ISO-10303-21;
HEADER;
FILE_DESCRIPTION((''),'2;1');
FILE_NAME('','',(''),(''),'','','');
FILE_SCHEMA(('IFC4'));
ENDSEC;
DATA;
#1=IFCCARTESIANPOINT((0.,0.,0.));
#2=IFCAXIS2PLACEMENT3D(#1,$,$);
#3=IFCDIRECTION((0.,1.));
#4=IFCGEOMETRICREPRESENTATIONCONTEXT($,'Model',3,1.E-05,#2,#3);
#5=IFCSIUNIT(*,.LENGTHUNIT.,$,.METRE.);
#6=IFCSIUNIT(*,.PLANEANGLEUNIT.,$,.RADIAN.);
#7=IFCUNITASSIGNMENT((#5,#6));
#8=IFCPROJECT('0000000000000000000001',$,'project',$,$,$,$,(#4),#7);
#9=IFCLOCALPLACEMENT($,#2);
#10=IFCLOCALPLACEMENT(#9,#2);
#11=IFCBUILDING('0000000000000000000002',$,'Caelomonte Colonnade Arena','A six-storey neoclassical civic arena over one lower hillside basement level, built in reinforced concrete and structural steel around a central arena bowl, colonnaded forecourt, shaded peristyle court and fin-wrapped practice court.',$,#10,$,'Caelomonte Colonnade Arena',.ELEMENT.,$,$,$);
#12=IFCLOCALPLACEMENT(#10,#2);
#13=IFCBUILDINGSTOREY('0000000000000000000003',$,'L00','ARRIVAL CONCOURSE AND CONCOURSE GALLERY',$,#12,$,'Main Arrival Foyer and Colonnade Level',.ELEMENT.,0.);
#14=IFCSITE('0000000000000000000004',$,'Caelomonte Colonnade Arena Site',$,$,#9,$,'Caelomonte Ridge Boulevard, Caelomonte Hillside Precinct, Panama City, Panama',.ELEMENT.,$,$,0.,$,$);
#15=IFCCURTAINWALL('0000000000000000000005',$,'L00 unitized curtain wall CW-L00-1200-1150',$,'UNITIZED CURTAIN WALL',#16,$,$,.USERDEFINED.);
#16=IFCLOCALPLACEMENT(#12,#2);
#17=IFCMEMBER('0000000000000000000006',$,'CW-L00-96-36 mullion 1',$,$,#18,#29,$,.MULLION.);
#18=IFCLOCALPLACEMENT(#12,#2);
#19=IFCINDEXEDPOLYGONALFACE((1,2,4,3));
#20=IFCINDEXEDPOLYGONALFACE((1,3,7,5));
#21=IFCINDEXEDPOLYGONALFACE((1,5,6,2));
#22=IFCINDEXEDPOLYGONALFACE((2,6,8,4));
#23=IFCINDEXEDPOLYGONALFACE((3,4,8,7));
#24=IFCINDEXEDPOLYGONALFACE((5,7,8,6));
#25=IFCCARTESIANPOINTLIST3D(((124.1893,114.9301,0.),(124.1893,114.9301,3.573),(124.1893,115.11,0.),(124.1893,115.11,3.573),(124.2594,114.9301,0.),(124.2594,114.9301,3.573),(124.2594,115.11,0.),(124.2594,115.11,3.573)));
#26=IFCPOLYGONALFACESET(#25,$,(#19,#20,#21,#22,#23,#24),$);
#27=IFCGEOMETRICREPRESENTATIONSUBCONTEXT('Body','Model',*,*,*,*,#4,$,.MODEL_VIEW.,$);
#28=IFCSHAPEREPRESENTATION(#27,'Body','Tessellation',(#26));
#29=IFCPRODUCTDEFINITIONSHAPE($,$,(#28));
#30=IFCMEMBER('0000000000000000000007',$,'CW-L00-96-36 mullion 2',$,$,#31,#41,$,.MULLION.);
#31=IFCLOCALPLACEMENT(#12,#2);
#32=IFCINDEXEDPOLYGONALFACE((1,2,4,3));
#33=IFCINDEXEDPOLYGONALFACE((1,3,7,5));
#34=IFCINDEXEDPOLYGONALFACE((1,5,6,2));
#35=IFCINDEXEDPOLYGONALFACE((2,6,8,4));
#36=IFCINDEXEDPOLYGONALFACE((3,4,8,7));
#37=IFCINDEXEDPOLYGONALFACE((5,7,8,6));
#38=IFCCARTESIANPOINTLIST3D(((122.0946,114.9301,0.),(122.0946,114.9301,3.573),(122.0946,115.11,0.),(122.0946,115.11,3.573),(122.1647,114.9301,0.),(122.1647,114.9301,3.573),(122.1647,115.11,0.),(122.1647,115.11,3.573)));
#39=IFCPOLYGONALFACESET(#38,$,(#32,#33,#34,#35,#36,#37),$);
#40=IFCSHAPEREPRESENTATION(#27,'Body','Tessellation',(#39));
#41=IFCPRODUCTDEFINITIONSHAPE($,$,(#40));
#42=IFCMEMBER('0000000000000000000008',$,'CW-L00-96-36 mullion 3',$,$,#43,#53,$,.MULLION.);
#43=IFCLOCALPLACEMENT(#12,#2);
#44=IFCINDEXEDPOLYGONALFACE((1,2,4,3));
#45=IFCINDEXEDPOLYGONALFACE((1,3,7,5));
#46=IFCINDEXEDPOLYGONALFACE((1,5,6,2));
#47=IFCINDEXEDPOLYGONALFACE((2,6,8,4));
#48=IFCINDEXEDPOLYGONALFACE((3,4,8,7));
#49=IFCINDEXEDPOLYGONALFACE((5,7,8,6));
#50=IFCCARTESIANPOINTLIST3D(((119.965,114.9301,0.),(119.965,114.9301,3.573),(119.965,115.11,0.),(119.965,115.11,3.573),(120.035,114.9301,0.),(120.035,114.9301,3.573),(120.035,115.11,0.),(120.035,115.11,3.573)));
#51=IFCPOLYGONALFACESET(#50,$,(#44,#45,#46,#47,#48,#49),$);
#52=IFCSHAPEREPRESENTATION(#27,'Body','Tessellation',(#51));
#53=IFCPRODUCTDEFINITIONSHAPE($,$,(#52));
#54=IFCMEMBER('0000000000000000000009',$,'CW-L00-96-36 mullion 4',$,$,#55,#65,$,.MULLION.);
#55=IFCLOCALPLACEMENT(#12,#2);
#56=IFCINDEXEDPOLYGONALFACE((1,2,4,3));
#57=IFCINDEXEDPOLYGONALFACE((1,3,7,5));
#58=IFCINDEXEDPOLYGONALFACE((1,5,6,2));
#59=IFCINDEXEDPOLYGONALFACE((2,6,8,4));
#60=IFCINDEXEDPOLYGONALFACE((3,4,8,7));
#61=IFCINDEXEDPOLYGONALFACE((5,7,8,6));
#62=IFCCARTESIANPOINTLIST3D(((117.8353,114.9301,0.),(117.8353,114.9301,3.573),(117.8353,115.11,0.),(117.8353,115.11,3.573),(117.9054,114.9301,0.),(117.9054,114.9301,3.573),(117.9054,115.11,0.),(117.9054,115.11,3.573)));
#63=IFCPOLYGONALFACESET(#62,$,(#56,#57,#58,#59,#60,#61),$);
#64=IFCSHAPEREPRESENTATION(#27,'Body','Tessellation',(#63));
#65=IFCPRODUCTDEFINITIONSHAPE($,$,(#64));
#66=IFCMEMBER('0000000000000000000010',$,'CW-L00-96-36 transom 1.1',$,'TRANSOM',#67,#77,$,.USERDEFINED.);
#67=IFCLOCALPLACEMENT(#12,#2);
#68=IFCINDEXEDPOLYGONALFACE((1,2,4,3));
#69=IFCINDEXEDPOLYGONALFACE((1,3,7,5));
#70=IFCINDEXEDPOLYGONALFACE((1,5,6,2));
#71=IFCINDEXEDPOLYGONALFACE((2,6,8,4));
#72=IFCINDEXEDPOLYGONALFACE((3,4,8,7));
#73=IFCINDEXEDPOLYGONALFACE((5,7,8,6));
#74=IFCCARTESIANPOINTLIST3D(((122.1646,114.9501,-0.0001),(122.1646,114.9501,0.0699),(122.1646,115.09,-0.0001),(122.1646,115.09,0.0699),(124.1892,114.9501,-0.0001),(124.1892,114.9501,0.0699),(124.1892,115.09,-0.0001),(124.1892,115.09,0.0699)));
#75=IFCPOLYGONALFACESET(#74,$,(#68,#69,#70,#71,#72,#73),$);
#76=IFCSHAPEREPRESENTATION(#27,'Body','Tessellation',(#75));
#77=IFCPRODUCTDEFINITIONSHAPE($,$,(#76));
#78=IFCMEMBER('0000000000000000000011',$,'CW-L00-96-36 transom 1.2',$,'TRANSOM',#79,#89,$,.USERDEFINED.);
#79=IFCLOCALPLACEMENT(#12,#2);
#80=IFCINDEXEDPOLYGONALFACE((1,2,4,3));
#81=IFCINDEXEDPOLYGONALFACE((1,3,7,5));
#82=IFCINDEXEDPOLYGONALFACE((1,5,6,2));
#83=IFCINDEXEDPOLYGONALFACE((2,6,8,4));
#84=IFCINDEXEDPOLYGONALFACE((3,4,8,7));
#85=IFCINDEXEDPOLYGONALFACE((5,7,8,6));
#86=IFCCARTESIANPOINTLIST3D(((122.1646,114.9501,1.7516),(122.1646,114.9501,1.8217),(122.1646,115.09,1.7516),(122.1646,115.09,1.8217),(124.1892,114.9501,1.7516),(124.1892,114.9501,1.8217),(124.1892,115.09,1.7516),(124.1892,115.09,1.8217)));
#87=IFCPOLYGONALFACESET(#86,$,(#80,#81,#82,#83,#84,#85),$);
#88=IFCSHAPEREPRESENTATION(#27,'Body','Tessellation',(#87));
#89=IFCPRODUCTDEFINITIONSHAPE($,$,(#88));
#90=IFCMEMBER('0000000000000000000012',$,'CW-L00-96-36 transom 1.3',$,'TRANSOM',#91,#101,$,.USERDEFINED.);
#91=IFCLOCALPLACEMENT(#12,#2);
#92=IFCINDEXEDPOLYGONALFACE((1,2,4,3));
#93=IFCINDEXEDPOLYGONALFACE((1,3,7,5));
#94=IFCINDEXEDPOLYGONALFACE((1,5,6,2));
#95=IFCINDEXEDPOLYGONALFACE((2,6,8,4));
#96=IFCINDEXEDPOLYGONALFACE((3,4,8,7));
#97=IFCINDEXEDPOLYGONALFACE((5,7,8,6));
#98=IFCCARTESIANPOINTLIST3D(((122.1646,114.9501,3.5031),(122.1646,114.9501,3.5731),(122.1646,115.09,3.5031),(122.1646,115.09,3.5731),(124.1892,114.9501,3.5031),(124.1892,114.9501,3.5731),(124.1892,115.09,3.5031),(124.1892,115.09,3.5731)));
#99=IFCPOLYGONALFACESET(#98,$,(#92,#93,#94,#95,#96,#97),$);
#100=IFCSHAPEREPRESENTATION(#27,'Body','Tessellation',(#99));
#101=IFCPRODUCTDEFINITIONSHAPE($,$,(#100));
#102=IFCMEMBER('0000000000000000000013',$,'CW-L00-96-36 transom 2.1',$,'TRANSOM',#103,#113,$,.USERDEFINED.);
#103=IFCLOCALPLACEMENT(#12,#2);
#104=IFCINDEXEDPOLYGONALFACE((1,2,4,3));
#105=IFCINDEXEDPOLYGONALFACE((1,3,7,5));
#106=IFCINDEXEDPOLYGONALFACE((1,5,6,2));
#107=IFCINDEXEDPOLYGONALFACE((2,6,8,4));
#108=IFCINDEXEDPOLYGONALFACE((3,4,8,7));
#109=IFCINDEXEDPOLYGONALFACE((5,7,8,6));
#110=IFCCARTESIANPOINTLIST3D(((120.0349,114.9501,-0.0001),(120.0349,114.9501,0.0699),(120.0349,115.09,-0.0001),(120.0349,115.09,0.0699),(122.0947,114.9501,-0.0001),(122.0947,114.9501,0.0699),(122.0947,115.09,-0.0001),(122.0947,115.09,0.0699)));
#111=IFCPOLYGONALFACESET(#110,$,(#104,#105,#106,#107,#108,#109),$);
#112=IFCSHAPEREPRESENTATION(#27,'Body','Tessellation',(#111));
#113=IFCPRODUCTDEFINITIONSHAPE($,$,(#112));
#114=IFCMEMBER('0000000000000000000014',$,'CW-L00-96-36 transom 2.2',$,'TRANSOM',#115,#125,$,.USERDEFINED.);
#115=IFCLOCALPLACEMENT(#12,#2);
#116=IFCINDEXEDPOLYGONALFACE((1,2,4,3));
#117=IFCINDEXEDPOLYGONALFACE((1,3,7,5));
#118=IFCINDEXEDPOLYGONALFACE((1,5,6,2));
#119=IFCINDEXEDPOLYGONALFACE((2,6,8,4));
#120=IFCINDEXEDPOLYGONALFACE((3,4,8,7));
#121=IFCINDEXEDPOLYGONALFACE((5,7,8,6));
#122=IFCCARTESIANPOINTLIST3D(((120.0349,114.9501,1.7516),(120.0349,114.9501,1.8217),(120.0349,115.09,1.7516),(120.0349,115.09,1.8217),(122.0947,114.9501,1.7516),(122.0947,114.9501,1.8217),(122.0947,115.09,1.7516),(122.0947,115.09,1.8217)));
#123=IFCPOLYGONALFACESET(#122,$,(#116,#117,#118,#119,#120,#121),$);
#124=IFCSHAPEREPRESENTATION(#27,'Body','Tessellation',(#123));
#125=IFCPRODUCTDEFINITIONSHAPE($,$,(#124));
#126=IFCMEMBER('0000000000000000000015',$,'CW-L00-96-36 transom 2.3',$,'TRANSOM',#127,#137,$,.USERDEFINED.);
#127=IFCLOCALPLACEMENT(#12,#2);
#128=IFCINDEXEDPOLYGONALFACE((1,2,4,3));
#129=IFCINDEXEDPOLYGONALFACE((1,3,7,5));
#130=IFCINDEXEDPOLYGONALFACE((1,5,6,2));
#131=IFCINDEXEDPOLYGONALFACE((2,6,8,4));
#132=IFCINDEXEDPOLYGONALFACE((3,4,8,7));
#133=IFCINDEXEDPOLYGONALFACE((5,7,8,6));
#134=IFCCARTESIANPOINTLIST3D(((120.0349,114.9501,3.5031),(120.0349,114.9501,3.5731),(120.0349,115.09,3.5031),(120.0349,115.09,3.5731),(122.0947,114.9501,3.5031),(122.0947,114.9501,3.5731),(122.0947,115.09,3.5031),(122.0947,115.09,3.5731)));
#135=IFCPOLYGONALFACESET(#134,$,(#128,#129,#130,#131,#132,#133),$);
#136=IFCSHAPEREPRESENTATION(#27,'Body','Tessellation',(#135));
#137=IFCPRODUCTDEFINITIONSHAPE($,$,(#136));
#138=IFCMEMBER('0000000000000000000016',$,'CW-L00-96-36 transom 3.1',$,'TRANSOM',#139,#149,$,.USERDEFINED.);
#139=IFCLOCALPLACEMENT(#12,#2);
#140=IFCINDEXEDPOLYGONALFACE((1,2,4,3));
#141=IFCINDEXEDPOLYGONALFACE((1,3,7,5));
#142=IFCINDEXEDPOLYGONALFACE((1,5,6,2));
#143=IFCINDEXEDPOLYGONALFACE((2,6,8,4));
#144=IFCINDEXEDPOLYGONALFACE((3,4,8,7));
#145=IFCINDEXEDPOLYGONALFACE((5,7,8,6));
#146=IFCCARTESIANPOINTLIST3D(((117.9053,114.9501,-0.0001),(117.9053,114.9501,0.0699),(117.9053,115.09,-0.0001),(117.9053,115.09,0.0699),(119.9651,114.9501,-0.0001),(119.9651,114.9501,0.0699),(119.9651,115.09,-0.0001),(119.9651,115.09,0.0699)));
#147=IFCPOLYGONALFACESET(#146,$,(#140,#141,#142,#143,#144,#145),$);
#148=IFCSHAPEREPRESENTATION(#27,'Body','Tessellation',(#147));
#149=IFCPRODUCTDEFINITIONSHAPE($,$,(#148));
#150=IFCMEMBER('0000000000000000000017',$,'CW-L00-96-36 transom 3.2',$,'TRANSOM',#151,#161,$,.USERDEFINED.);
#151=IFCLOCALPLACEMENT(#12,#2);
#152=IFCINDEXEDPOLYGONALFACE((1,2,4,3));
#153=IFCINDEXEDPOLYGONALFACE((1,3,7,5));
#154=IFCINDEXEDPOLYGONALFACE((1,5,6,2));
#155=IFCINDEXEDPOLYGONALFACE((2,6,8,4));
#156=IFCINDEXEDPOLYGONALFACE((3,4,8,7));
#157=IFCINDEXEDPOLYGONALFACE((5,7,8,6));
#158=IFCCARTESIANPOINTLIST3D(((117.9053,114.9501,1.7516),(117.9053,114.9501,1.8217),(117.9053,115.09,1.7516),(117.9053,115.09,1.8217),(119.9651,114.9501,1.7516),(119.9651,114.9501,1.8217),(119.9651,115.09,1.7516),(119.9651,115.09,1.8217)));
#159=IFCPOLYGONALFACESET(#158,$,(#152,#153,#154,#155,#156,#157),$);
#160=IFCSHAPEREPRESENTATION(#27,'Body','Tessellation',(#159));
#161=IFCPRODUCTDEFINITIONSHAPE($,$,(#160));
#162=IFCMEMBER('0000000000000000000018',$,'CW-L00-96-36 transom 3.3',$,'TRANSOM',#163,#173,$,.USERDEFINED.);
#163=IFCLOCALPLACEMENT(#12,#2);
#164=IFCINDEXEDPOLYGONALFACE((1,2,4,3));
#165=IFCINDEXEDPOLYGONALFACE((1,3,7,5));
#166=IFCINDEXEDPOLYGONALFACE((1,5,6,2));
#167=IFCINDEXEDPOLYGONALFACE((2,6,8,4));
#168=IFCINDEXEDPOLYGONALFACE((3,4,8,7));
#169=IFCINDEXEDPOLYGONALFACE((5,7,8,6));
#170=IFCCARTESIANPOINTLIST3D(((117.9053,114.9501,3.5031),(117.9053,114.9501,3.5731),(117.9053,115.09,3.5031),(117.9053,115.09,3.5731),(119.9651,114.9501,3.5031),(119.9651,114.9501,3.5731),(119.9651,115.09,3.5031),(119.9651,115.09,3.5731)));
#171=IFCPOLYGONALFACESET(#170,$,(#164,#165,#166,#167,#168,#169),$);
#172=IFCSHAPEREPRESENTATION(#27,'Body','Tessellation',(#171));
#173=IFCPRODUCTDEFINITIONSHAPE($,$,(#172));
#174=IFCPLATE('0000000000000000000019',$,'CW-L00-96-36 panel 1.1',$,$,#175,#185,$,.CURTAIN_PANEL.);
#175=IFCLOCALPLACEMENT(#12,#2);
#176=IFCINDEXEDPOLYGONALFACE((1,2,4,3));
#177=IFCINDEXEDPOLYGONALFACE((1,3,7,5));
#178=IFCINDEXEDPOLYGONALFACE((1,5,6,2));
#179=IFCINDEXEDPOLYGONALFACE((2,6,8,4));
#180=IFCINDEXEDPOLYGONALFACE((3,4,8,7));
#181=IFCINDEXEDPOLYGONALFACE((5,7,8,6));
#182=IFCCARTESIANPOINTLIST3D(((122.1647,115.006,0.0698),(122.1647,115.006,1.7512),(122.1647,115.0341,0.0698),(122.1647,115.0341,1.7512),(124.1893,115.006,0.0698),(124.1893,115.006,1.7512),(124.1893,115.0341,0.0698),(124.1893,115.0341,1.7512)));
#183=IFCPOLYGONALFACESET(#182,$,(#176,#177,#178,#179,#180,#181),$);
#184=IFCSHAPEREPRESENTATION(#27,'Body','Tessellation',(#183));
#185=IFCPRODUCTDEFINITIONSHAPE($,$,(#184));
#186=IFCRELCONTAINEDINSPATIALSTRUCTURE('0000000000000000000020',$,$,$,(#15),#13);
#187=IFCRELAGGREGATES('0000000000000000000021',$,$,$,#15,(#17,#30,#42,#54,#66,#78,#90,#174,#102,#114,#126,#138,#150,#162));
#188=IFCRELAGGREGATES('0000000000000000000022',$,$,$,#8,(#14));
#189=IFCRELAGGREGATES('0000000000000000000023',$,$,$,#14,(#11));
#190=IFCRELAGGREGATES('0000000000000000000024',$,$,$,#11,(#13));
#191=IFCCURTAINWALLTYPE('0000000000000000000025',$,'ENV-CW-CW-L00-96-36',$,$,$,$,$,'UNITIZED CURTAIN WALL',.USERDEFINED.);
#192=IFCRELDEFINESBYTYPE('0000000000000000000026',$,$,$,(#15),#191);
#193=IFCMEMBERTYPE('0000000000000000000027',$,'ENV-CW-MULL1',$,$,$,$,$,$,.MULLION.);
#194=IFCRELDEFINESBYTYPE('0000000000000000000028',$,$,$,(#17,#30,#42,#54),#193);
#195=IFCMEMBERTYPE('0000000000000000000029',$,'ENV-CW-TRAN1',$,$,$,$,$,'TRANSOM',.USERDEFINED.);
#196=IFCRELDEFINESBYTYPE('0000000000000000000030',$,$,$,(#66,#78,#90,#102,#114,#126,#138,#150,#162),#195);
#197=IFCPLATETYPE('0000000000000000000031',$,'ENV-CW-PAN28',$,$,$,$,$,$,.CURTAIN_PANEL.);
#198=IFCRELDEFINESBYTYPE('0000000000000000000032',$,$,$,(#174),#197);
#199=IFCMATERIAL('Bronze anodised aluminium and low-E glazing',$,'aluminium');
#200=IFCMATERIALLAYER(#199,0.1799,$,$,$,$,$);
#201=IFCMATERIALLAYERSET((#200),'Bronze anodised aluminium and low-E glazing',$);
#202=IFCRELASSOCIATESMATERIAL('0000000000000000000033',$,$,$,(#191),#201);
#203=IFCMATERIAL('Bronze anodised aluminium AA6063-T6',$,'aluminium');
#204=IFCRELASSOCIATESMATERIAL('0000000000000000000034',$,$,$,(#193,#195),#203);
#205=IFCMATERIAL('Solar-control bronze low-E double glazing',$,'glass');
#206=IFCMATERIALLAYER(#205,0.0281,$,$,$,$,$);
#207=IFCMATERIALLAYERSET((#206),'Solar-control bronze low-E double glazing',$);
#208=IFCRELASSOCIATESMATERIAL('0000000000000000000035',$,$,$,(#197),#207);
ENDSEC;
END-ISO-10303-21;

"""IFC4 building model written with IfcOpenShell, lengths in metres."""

from ifc_helpers import new_model, si_unit, direction, frame, origin, origin_2d, place, context, subcontext, project, spatial, rectangle, extrude, material, layer, layer_set, material_profile, profile_set, type_object, element, aggregate, save


model = new_model("IFC4")

# Units and contexts
model_context = context("Model", 3, precision=1e-05, world=origin(), true_north=direction((0.0, 1.0)))
body_context = subcontext(model_context, "Body", "Model", "MODEL_VIEW")
ifc_project = project(units=[si_unit("LENGTHUNIT", "METRE"), si_unit("PLANEANGLEUNIT", "RADIAN")], contexts=[model_context])

# Site, building, storey
site_placement = place(None, origin())
site = spatial("IfcSite", under=ifc_project, at=site_placement, Name="Caelomonte Colonnade Arena Site", LongName="Caelomonte Ridge Boulevard, Caelomonte Hillside Precinct, Panama City, Panama", CompositionType="ELEMENT", RefElevation=0.0)
building_placement = place(site_placement, origin())
building = spatial("IfcBuilding", under=site, at=building_placement, Name="Caelomonte Colonnade Arena", Description="A six-storey neoclassical civic arena over one lower hillside basement level, built in reinforced concrete and structural steel around a central arena bowl, colonnaded forecourt, shaded peristyle court and fin-wrapped practice court.", LongName="Caelomonte Colonnade Arena", CompositionType="ELEMENT")
storey_placement = place(building_placement, origin())
storey = spatial("IfcBuildingStorey", under=building, at=storey_placement, Name="L00", Description="ARRIVAL CONCOURSE AND CONCOURSE GALLERY", LongName="Main Arrival Foyer and Colonnade Level", CompositionType="ELEMENT", Elevation=0.0)

# Curtain wall, members, plate
ifc_material_1 = material(Name="Bronze anodised aluminium and low-E glazing", Category="aluminium")
ifc_layer_1 = layer(ifc_material_1, 0.1799)
ifc_layer_set_1 = layer_set([ifc_layer_1], Name="Bronze anodised aluminium and low-E glazing")
curtain_wall_type = type_object("IfcCurtainWallType", Name="ENV-CW-CW-L00-96-36", ElementType="UNITIZED CURTAIN WALL", PredefinedType="USERDEFINED", material=ifc_layer_set_1)
curtain_wall_placement = place(storey_placement, origin())
curtain_wall = element("IfcCurtainWall", 1, at=curtain_wall_placement, inside=storey, type_object=curtain_wall_type, Name="L00 unitized curtain wall CW-L00-1200-1150", ObjectType="UNITIZED CURTAIN WALL", PredefinedType="USERDEFINED")
ifc_material_2 = material(Name="Bronze anodised aluminium AA6063-T6", Category="aluminium")
ifc_material_profile_1 = material_profile(ifc_material_2, rectangle(XDim=0.0701, YDim=0.1799, at=origin_2d()), Name="CWM-70X180")
ifc_profile_set_1 = profile_set([ifc_material_profile_1], Name="Bronze anodised aluminium AA6063-T6")
member_type_1 = type_object("IfcMemberType", Name="ENV-CW-MULL1", PredefinedType="MULLION", material=ifc_profile_set_1)
member_1_placement = place(storey_placement, frame((124.2244, 115.02, 0.0), z_axis=(0.0, 0.0, 1.0), x_axis=(-1.0, 0.0, 0.0)))
member_1 = element("IfcMember", 2, at=member_1_placement, type_object=member_type_1, Name="CW-L00-96-36 mullion 1", PredefinedType="MULLION", context=body_context, shape_type="SweptSolid", body=[
    extrude(rectangle(XDim=0.0701, YDim=0.1799, at=origin_2d()), origin(), (0.0, 0.0, 1.0), 3.573),
])
member_2_placement = place(storey_placement, frame((122.1296, 115.02, 0.0), z_axis=(0.0, 0.0, 1.0), x_axis=(-1.0, 0.0, 0.0)))
member_2 = element("IfcMember", 3, at=member_2_placement, type_object=member_type_1, Name="CW-L00-96-36 mullion 2", PredefinedType="MULLION", context=body_context, shape_type="SweptSolid", body=[
    extrude(rectangle(XDim=0.0701, YDim=0.1799, at=origin_2d()), origin(), (0.0, 0.0, 1.0), 3.573),
])
member_3_placement = place(storey_placement, frame((120.0, 115.02, 0.0), z_axis=(0.0, 0.0, 1.0), x_axis=(-1.0, 0.0, 0.0)))
member_3 = element("IfcMember", 4, at=member_3_placement, type_object=member_type_1, Name="CW-L00-96-36 mullion 3", PredefinedType="MULLION", context=body_context, shape_type="SweptSolid", body=[
    extrude(rectangle(XDim=0.0701, YDim=0.1799, at=origin_2d()), origin(), (0.0, 0.0, 1.0), 3.573),
])
member_4_placement = place(storey_placement, frame((117.8704, 115.02, 0.0), z_axis=(0.0, 0.0, 1.0), x_axis=(-1.0, 0.0, 0.0)))
member_4 = element("IfcMember", 5, at=member_4_placement, type_object=member_type_1, Name="CW-L00-96-36 mullion 4", PredefinedType="MULLION", context=body_context, shape_type="SweptSolid", body=[
    extrude(rectangle(XDim=0.0701, YDim=0.1799, at=origin_2d()), origin(), (0.0, 0.0, 1.0), 3.573),
])
ifc_material_profile_2 = material_profile(ifc_material_2, rectangle(XDim=0.0701, YDim=0.1399, at=origin_2d()), Name="CWT-70X140")
ifc_profile_set_2 = profile_set([ifc_material_profile_2], Name="Bronze anodised aluminium AA6063-T6")
member_type_2 = type_object("IfcMemberType", Name="ENV-CW-TRAN1", ElementType="TRANSOM", PredefinedType="USERDEFINED", material=ifc_profile_set_2)
member_5_placement = place(storey_placement, frame((124.1892, 115.02, 0.0349), z_axis=(-1.0, 0.0, 0.0), x_axis=(0.0, 0.0, 1.0)))
member_5 = element("IfcMember", 6, at=member_5_placement, type_object=member_type_2, Name="CW-L00-96-36 transom 1.1", ObjectType="TRANSOM", PredefinedType="USERDEFINED", context=body_context, shape_type="SweptSolid", body=[
    extrude(rectangle(XDim=0.0701, YDim=0.1399, at=origin_2d()), origin(), (0.0, 0.0, 1.0), 2.0247),
])
member_6_placement = place(storey_placement, frame((124.1892, 115.02, 1.7866), z_axis=(-1.0, 0.0, 0.0), x_axis=(0.0, 0.0, 1.0)))
member_6 = element("IfcMember", 7, at=member_6_placement, type_object=member_type_2, Name="CW-L00-96-36 transom 1.2", ObjectType="TRANSOM", PredefinedType="USERDEFINED", context=body_context, shape_type="SweptSolid", body=[
    extrude(rectangle(XDim=0.0701, YDim=0.1399, at=origin_2d()), origin(), (0.0, 0.0, 1.0), 2.0247),
])
member_7_placement = place(storey_placement, frame((124.1892, 115.02, 3.5381), z_axis=(-1.0, 0.0, 0.0), x_axis=(0.0, 0.0, 1.0)))
member_7 = element("IfcMember", 8, at=member_7_placement, type_object=member_type_2, Name="CW-L00-96-36 transom 1.3", ObjectType="TRANSOM", PredefinedType="USERDEFINED", context=body_context, shape_type="SweptSolid", body=[
    extrude(rectangle(XDim=0.0701, YDim=0.1399, at=origin_2d()), origin(), (0.0, 0.0, 1.0), 2.0247),
])
member_8_placement = place(storey_placement, frame((122.0947, 115.02, 0.0349), z_axis=(-1.0, 0.0, 0.0), x_axis=(0.0, 0.0, 1.0)))
member_8 = element("IfcMember", 9, at=member_8_placement, type_object=member_type_2, Name="CW-L00-96-36 transom 2.1", ObjectType="TRANSOM", PredefinedType="USERDEFINED", context=body_context, shape_type="SweptSolid", body=[
    extrude(rectangle(XDim=0.0701, YDim=0.1399, at=origin_2d()), origin(), (0.0, 0.0, 1.0), 2.0598),
])
member_9_placement = place(storey_placement, frame((122.0947, 115.02, 1.7866), z_axis=(-1.0, 0.0, 0.0), x_axis=(0.0, 0.0, 1.0)))
member_9 = element("IfcMember", 10, at=member_9_placement, type_object=member_type_2, Name="CW-L00-96-36 transom 2.2", ObjectType="TRANSOM", PredefinedType="USERDEFINED", context=body_context, shape_type="SweptSolid", body=[
    extrude(rectangle(XDim=0.0701, YDim=0.1399, at=origin_2d()), origin(), (0.0, 0.0, 1.0), 2.0598),
])
member_10_placement = place(storey_placement, frame((122.0947, 115.02, 3.5381), z_axis=(-1.0, 0.0, 0.0), x_axis=(0.0, 0.0, 1.0)))
member_10 = element("IfcMember", 11, at=member_10_placement, type_object=member_type_2, Name="CW-L00-96-36 transom 2.3", ObjectType="TRANSOM", PredefinedType="USERDEFINED", context=body_context, shape_type="SweptSolid", body=[
    extrude(rectangle(XDim=0.0701, YDim=0.1399, at=origin_2d()), origin(), (0.0, 0.0, 1.0), 2.0598),
])
member_11_placement = place(storey_placement, frame((119.9651, 115.02, 0.0349), z_axis=(-1.0, 0.0, 0.0), x_axis=(0.0, 0.0, 1.0)))
member_11 = element("IfcMember", 12, at=member_11_placement, type_object=member_type_2, Name="CW-L00-96-36 transom 3.1", ObjectType="TRANSOM", PredefinedType="USERDEFINED", context=body_context, shape_type="SweptSolid", body=[
    extrude(rectangle(XDim=0.0701, YDim=0.1399, at=origin_2d()), origin(), (0.0, 0.0, 1.0), 2.0598),
])
member_12_placement = place(storey_placement, frame((119.9651, 115.02, 1.7866), z_axis=(-1.0, 0.0, 0.0), x_axis=(0.0, 0.0, 1.0)))
member_12 = element("IfcMember", 13, at=member_12_placement, type_object=member_type_2, Name="CW-L00-96-36 transom 3.2", ObjectType="TRANSOM", PredefinedType="USERDEFINED", context=body_context, shape_type="SweptSolid", body=[
    extrude(rectangle(XDim=0.0701, YDim=0.1399, at=origin_2d()), origin(), (0.0, 0.0, 1.0), 2.0598),
])
member_13_placement = place(storey_placement, frame((119.9651, 115.02, 3.5381), z_axis=(-1.0, 0.0, 0.0), x_axis=(0.0, 0.0, 1.0)))
member_13 = element("IfcMember", 14, at=member_13_placement, type_object=member_type_2, Name="CW-L00-96-36 transom 3.3", ObjectType="TRANSOM", PredefinedType="USERDEFINED", context=body_context, shape_type="SweptSolid", body=[
    extrude(rectangle(XDim=0.0701, YDim=0.1399, at=origin_2d()), origin(), (0.0, 0.0, 1.0), 2.0598),
])
ifc_material_3 = material(Name="Solar-control bronze low-E double glazing", Category="glass")
ifc_layer_2 = layer(ifc_material_3, 0.0281)
ifc_layer_set_2 = layer_set([ifc_layer_2], Name="Solar-control bronze low-E double glazing")
plate_type = type_object("IfcPlateType", Name="ENV-CW-PAN28", PredefinedType="CURTAIN_PANEL", material=ifc_layer_set_2)
plate_1_placement = place(storey_placement, frame((123.177, 115.02, 0.0698), z_axis=(0.0, 0.0, 1.0), x_axis=(-1.0, 0.0, 0.0)))
plate_1 = element("IfcPlate", 15, at=plate_1_placement, type_object=plate_type, Name="CW-L00-96-36 panel 1.1", PredefinedType="CURTAIN_PANEL", context=body_context, shape_type="SweptSolid", body=[
    extrude(rectangle(XDim=2.0247, YDim=0.0281, at=origin_2d()), origin(), (0.0, 0.0, 1.0), 1.6814),
])
aggregate(curtain_wall, [member_1, member_2, member_3, member_4, member_5, member_6, member_7, plate_1, member_8, member_9, member_10, member_11, member_12, member_13])

save(model, "model.ifc")
